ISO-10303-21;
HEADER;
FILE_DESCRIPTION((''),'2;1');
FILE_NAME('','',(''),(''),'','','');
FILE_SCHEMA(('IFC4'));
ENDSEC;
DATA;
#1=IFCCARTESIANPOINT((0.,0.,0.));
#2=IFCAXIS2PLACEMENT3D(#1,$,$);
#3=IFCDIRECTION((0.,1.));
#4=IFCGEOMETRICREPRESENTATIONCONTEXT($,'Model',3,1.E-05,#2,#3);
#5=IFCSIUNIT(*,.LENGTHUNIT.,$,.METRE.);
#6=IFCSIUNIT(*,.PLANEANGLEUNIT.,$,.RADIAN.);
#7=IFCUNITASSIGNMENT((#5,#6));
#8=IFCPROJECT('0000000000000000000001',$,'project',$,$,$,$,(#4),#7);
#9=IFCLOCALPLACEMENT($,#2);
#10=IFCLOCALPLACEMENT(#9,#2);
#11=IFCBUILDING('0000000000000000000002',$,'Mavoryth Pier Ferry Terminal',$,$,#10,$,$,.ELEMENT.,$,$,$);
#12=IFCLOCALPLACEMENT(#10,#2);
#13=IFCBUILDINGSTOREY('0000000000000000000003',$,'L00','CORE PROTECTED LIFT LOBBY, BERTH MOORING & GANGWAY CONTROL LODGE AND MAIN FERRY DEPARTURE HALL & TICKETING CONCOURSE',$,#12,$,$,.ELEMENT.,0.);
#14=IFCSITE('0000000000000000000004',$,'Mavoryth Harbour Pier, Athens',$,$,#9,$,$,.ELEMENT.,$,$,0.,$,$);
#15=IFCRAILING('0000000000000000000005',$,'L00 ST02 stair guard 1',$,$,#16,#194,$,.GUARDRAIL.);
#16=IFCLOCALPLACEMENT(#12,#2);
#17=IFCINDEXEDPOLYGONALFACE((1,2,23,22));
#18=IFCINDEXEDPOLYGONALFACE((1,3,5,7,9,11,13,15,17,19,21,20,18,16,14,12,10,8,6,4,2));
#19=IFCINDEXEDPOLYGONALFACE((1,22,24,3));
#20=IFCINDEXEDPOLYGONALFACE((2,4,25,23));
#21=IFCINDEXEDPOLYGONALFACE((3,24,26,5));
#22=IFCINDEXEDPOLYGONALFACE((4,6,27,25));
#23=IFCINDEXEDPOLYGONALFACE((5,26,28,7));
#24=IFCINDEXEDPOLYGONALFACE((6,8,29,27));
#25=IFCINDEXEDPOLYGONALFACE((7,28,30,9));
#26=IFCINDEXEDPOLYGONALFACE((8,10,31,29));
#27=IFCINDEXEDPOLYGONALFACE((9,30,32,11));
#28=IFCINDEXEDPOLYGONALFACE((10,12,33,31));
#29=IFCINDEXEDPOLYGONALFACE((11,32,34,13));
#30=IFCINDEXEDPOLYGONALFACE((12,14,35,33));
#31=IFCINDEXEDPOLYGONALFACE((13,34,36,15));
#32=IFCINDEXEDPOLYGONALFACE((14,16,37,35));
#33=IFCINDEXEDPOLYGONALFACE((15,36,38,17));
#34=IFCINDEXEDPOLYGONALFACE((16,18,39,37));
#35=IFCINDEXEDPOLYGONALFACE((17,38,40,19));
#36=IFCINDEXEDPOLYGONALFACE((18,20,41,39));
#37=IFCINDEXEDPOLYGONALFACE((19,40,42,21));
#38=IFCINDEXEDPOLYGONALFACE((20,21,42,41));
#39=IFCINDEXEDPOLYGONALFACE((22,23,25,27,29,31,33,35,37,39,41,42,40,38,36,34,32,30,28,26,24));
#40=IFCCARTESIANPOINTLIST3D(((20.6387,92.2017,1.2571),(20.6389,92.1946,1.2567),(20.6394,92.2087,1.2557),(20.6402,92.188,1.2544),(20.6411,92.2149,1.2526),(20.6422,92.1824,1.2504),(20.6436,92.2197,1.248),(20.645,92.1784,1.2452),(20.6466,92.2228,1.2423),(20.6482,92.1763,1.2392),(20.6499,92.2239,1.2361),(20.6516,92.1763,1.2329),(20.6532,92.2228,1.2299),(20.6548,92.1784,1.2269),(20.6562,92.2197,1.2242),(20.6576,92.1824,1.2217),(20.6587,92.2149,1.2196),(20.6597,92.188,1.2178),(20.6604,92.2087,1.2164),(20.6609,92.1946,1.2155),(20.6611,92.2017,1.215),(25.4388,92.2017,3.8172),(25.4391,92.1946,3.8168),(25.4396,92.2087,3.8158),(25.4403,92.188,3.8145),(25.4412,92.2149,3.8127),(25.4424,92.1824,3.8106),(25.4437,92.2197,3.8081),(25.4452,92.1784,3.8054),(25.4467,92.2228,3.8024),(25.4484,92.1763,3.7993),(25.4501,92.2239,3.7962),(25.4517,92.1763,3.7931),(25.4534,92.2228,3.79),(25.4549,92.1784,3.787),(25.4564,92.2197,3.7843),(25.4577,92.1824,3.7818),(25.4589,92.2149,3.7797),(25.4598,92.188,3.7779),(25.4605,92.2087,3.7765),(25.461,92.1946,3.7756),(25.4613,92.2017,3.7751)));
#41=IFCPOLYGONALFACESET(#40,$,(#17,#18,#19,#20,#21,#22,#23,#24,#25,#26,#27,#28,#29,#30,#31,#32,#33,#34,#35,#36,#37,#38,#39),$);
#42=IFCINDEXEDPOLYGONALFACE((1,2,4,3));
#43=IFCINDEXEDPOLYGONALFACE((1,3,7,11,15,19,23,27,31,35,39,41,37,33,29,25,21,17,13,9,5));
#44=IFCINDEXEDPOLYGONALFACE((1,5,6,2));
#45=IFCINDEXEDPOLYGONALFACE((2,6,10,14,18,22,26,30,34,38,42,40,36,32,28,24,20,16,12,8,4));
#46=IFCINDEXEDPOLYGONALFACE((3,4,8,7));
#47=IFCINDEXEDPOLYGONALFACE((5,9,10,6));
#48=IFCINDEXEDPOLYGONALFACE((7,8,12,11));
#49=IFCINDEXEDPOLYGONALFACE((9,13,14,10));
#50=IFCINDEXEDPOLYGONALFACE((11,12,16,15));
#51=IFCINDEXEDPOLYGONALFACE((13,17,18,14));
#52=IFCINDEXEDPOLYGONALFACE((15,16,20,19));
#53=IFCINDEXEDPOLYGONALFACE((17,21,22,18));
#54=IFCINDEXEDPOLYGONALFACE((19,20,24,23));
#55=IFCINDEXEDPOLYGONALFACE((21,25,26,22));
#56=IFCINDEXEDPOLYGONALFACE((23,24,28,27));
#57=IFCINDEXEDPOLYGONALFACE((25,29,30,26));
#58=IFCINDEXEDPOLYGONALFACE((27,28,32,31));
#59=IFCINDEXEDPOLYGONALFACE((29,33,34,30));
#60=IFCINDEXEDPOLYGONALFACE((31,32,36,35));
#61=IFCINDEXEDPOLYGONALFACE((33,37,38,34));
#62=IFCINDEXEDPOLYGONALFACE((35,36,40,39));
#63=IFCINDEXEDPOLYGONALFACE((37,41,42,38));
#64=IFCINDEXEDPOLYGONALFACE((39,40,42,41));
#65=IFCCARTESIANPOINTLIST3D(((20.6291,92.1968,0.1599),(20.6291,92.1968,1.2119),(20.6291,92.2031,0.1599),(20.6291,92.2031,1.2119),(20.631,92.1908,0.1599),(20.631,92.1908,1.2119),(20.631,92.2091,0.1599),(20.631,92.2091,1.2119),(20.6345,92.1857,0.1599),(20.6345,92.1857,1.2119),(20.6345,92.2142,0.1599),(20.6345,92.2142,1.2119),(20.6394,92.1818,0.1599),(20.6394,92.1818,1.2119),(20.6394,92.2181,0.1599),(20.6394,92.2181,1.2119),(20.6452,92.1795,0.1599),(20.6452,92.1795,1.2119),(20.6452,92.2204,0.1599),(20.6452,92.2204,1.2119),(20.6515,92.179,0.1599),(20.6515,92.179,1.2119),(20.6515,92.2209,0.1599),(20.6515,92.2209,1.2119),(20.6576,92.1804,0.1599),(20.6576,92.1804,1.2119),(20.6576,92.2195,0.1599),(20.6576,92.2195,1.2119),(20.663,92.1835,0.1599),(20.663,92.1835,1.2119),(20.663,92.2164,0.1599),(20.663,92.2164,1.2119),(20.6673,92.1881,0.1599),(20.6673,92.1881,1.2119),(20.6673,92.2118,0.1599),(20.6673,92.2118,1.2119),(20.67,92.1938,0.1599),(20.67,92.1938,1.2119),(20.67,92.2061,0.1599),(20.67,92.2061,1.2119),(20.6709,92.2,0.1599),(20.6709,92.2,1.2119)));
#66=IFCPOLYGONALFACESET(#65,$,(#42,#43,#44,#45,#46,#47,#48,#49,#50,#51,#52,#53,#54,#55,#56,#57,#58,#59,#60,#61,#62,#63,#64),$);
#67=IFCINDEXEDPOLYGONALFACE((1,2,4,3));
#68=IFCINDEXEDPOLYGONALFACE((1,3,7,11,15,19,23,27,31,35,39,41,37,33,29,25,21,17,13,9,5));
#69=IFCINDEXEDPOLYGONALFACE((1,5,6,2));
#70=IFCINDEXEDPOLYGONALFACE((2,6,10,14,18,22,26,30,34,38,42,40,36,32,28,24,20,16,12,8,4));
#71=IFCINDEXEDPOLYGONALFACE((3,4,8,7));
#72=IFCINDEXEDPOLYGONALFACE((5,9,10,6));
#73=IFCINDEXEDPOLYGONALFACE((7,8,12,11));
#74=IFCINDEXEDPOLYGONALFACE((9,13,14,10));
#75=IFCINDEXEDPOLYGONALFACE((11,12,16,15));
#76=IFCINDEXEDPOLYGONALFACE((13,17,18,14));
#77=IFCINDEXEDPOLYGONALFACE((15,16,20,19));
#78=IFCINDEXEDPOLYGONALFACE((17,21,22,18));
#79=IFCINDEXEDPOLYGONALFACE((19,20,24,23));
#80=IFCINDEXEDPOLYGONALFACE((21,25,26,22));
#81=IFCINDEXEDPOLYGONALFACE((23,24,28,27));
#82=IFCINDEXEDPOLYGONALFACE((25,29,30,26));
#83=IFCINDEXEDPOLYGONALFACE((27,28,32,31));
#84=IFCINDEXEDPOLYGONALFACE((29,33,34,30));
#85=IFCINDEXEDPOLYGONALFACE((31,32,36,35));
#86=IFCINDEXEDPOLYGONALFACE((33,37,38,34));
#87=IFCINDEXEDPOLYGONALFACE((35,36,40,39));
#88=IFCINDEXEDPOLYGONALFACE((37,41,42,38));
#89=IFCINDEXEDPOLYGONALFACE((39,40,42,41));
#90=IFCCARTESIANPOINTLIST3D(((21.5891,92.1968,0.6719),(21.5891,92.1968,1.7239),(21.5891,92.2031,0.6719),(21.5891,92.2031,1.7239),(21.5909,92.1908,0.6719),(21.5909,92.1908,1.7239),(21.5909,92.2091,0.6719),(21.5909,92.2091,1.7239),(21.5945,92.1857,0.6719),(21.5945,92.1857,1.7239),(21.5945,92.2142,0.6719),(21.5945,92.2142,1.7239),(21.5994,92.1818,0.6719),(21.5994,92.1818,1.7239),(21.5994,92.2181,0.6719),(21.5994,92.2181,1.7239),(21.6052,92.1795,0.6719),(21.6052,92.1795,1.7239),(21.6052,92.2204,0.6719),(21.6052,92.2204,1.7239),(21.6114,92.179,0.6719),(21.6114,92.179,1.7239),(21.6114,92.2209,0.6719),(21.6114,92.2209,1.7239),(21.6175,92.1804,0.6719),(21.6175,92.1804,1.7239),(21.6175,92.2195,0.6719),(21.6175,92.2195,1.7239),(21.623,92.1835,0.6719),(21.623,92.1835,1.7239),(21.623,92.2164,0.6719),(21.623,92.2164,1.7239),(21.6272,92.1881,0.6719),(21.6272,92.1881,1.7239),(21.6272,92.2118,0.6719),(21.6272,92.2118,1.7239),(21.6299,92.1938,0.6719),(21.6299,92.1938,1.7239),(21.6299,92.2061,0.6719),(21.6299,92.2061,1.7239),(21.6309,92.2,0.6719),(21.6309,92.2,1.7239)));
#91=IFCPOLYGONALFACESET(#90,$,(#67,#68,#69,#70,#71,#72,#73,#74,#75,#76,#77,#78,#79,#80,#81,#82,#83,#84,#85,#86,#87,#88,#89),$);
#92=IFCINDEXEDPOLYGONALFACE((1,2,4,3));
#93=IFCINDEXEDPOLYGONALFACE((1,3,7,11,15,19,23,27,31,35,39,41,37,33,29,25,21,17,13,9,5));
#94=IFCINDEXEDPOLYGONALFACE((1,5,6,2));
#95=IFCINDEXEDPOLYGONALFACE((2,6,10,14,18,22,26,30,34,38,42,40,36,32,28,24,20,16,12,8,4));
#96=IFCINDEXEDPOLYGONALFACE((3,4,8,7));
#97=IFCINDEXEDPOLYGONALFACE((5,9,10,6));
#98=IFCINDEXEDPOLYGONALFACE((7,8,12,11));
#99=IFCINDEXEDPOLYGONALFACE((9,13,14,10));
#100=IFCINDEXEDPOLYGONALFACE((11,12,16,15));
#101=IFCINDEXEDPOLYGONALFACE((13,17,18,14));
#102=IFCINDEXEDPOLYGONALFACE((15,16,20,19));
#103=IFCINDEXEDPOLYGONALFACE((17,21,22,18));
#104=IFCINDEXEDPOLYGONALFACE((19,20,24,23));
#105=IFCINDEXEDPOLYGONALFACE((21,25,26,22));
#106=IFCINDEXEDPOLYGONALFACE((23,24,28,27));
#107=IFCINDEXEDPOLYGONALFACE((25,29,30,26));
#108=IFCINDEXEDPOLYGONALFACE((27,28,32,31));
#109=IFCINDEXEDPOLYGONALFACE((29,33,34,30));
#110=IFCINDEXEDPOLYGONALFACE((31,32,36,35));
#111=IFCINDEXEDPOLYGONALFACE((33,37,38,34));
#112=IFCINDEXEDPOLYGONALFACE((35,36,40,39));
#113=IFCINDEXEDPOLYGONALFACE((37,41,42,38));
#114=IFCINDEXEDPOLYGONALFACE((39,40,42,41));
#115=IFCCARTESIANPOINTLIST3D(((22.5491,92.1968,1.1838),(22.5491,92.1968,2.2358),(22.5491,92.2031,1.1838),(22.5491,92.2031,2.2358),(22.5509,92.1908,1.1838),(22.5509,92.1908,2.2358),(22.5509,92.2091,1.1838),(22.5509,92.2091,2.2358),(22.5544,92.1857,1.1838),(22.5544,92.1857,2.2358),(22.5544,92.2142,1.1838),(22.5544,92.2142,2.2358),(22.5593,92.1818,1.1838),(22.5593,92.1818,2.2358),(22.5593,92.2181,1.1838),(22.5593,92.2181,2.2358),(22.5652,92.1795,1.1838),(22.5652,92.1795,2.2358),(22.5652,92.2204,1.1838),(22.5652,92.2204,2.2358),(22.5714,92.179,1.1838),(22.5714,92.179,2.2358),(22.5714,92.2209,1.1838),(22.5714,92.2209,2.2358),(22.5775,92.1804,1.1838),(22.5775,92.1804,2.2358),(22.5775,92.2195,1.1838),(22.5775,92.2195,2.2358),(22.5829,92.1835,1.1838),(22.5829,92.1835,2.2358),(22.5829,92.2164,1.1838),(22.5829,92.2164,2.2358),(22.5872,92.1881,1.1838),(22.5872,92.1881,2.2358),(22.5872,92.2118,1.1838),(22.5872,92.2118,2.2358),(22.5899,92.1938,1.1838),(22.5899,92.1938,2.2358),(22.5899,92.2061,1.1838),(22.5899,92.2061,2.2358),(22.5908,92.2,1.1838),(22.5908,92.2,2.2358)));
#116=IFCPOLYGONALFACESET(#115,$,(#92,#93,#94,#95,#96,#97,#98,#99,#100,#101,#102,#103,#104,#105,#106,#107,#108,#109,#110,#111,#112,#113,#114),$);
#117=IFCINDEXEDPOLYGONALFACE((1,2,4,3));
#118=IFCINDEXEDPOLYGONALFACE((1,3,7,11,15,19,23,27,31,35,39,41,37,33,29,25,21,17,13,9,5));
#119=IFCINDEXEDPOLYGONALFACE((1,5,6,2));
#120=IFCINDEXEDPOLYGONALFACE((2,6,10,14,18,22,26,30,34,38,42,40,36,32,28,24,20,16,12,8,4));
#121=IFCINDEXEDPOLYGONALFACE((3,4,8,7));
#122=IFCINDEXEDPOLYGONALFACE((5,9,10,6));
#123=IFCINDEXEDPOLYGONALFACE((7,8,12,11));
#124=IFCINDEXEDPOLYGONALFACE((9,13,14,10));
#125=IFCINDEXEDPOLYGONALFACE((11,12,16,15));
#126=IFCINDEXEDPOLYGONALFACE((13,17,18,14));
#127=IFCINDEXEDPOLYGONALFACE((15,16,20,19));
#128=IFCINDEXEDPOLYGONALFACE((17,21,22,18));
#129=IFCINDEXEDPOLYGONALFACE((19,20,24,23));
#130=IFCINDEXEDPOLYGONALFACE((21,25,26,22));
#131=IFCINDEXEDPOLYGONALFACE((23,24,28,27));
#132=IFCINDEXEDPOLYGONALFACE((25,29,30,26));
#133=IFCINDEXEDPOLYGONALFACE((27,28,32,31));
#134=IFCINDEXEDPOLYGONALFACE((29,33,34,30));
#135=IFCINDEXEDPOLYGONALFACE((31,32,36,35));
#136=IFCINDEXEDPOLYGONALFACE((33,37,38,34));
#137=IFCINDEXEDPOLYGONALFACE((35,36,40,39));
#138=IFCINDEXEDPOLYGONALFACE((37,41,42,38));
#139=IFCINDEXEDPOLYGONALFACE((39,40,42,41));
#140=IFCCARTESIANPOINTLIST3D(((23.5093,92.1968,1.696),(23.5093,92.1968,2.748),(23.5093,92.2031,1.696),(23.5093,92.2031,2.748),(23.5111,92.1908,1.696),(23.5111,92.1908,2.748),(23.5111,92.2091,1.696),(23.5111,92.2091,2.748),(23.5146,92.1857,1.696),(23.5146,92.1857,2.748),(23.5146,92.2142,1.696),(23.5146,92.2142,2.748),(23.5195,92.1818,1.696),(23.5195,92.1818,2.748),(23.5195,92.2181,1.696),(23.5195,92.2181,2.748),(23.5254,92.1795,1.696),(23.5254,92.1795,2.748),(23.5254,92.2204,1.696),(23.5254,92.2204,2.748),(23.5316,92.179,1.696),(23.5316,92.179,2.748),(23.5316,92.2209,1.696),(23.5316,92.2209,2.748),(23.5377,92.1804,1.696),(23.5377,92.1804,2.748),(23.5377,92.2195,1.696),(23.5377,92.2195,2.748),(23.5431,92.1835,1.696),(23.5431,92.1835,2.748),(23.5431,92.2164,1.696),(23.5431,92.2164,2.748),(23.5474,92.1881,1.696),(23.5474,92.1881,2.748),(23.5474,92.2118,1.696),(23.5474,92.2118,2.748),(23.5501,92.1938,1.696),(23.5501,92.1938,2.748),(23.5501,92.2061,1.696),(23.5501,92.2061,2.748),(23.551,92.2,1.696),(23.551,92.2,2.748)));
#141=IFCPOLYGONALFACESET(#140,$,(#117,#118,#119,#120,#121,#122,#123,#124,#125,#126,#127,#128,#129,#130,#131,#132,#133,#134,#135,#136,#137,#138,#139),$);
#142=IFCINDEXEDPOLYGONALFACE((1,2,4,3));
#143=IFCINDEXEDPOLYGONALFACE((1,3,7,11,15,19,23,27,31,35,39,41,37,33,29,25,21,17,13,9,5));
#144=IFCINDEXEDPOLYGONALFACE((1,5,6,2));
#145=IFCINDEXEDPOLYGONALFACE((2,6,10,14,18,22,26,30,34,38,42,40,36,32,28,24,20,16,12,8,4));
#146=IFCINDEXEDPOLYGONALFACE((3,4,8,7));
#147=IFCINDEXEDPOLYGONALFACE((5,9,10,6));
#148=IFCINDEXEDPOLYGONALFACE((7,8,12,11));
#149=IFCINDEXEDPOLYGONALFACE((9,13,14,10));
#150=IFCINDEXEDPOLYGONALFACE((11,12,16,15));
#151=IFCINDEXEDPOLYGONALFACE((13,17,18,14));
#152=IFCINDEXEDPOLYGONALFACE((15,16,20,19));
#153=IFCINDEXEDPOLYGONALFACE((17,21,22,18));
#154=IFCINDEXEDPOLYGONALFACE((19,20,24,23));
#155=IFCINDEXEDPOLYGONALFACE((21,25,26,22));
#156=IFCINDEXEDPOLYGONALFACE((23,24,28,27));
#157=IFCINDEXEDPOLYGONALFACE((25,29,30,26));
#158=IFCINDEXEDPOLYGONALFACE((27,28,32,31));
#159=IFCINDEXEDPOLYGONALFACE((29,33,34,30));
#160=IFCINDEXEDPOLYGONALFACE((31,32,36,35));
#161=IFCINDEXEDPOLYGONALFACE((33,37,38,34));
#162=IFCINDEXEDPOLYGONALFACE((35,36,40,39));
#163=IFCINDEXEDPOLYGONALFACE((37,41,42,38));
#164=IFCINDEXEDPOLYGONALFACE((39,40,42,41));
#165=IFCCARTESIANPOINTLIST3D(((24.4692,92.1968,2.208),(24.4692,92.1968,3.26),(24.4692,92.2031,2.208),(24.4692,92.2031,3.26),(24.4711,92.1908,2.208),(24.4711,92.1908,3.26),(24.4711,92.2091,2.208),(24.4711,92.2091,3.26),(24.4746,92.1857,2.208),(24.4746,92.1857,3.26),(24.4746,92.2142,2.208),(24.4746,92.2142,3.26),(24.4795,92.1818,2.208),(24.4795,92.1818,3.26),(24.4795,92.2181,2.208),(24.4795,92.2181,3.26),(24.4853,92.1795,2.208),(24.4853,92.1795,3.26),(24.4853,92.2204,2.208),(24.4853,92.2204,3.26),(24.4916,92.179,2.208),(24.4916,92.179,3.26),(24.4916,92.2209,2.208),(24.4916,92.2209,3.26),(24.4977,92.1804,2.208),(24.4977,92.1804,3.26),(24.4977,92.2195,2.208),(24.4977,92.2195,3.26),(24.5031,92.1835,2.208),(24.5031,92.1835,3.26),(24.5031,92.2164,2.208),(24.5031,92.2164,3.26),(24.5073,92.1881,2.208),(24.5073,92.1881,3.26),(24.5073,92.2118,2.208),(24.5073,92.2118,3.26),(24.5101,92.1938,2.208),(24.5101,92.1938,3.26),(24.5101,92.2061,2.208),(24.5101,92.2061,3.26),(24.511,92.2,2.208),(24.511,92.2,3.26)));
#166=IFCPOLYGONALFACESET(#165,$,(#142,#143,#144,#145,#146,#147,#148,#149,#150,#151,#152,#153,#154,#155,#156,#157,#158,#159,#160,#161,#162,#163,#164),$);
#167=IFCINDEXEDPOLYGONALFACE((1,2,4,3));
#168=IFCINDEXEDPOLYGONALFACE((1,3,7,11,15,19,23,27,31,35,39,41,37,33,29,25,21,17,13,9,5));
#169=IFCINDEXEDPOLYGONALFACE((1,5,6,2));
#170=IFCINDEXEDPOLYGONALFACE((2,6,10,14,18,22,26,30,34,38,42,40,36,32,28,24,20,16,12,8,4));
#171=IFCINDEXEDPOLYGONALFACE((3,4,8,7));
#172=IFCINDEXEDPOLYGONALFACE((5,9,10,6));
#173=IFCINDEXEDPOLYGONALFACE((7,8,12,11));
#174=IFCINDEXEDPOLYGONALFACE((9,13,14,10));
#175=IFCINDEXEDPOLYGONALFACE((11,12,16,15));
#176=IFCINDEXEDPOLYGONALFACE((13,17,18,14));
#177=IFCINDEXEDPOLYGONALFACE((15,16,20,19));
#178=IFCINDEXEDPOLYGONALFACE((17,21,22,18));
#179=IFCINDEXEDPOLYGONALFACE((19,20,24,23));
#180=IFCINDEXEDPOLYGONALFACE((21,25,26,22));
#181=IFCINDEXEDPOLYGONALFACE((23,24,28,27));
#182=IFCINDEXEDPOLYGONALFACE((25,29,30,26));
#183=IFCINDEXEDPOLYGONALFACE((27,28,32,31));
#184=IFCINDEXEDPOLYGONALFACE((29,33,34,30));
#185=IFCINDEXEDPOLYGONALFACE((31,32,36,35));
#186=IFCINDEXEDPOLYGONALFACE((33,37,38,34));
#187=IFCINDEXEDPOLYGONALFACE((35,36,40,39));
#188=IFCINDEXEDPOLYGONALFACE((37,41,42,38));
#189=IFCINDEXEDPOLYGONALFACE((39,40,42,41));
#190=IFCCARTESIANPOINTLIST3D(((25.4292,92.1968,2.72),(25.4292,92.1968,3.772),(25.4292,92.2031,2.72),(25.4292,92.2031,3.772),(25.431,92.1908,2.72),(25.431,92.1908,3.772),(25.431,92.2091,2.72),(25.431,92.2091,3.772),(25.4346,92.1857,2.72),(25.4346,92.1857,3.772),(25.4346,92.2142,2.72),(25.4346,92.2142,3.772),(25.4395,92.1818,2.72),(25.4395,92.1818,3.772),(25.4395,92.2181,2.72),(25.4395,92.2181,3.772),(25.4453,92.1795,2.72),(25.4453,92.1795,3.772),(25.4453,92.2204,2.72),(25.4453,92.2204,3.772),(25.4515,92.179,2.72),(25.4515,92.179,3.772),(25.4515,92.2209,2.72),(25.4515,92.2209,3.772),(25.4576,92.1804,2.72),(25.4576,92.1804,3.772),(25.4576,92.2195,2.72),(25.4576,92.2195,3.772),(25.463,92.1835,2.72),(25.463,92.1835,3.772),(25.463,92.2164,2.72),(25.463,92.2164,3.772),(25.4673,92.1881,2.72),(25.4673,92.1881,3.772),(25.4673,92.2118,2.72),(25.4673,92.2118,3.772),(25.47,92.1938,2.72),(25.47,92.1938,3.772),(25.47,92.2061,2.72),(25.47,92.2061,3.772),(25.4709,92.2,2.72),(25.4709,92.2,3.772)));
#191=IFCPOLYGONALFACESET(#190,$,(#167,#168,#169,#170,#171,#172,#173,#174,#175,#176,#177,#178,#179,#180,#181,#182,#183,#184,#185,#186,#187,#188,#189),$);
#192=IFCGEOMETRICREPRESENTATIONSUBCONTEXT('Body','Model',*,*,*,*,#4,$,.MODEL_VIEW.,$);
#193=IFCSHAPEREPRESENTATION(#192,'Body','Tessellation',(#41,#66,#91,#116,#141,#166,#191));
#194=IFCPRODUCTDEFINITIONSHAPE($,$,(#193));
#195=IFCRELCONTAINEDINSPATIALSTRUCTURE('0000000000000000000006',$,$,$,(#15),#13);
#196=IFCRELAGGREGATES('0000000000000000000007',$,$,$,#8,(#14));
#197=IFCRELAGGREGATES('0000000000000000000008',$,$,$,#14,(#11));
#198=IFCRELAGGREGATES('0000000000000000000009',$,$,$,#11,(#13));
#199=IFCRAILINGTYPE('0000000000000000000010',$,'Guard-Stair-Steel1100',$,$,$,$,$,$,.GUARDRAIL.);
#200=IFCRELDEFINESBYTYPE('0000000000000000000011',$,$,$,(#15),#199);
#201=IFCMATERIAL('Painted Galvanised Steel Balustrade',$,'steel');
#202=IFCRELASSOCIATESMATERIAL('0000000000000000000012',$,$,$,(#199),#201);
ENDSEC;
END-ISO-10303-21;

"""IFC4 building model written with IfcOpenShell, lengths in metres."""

from ifc_helpers import new_model, si_unit, direction, frame, origin, origin_2d, place, context, subcontext, project, spatial, circle, extrude, material, type_object, element, save


model = new_model("IFC4")

# Units and contexts
model_context = context("Model", 3, precision=1e-05, world=origin(), true_north=direction((0.0, 1.0)))
body_context = subcontext(model_context, "Body", "Model", "MODEL_VIEW")
ifc_project = project(units=[si_unit("LENGTHUNIT", "METRE"), si_unit("PLANEANGLEUNIT", "RADIAN")], contexts=[model_context])

# Site, building, storey
site_placement = place(None, origin())
site = spatial("IfcSite", under=ifc_project, at=site_placement, Name="Mavoryth Harbour Pier, Athens", CompositionType="ELEMENT", RefElevation=0.0)
building_placement = place(site_placement, origin())
building = spatial("IfcBuilding", under=site, at=building_placement, Name="Mavoryth Pier Ferry Terminal", CompositionType="ELEMENT")
storey_placement = place(building_placement, origin())
storey = spatial("IfcBuildingStorey", under=building, at=storey_placement, Name="L00", Description="CORE PROTECTED LIFT LOBBY, BERTH MOORING & GANGWAY CONTROL LODGE AND MAIN FERRY DEPARTURE HALL & TICKETING CONCOURSE", CompositionType="ELEMENT", Elevation=0.0)

# Railing
ifc_material_1 = material(Name="Painted Galvanised Steel Balustrade", Category="steel")
railing_type_1 = type_object("IfcRailingType", Name="Guard-Stair-Steel1100", PredefinedType="GUARDRAIL", material=ifc_material_1)
railing_1_placement = place(storey_placement, frame((20.6499, 92.2, 0.1599)))
element("IfcRailing", 1, at=railing_1_placement, inside=storey, type_object=railing_type_1, Name="L00 ST02 stair guard 1", PredefinedType="GUARDRAIL", context=body_context, shape_type="SweptSolid", body=[
    extrude(circle(Radius=0.0239, at=origin_2d()), frame((0.0, 0.0, 1.0762), z_axis=(0.88235, 0.0, 0.470593), x_axis=(0.0, 1.0, 0.0)), (0.0, 0.0, 1.0), 5.4402),
    extrude(circle(Radius=0.021, at=origin_2d()), origin(), (0.0, 0.0, 1.0), 1.052),
    extrude(circle(Radius=0.021, at=origin_2d()), frame((0.96, 0.0, 0.512)), (0.0, 0.0, 1.0), 1.052),
    extrude(circle(Radius=0.021, at=origin_2d()), frame((1.9199, 0.0, 1.0239)), (0.0, 0.0, 1.0), 1.052),
    extrude(circle(Radius=0.021, at=origin_2d()), frame((2.8801, 0.0, 1.5361)), (0.0, 0.0, 1.0), 1.052),
    extrude(circle(Radius=0.021, at=origin_2d()), frame((3.8401, 0.0, 2.0481)), (0.0, 0.0, 1.0), 1.052),
    extrude(circle(Radius=0.021, at=origin_2d()), frame((4.8, 0.0, 2.5601)), (0.0, 0.0, 1.0), 1.052),
])

save(model, "model.ifc")
